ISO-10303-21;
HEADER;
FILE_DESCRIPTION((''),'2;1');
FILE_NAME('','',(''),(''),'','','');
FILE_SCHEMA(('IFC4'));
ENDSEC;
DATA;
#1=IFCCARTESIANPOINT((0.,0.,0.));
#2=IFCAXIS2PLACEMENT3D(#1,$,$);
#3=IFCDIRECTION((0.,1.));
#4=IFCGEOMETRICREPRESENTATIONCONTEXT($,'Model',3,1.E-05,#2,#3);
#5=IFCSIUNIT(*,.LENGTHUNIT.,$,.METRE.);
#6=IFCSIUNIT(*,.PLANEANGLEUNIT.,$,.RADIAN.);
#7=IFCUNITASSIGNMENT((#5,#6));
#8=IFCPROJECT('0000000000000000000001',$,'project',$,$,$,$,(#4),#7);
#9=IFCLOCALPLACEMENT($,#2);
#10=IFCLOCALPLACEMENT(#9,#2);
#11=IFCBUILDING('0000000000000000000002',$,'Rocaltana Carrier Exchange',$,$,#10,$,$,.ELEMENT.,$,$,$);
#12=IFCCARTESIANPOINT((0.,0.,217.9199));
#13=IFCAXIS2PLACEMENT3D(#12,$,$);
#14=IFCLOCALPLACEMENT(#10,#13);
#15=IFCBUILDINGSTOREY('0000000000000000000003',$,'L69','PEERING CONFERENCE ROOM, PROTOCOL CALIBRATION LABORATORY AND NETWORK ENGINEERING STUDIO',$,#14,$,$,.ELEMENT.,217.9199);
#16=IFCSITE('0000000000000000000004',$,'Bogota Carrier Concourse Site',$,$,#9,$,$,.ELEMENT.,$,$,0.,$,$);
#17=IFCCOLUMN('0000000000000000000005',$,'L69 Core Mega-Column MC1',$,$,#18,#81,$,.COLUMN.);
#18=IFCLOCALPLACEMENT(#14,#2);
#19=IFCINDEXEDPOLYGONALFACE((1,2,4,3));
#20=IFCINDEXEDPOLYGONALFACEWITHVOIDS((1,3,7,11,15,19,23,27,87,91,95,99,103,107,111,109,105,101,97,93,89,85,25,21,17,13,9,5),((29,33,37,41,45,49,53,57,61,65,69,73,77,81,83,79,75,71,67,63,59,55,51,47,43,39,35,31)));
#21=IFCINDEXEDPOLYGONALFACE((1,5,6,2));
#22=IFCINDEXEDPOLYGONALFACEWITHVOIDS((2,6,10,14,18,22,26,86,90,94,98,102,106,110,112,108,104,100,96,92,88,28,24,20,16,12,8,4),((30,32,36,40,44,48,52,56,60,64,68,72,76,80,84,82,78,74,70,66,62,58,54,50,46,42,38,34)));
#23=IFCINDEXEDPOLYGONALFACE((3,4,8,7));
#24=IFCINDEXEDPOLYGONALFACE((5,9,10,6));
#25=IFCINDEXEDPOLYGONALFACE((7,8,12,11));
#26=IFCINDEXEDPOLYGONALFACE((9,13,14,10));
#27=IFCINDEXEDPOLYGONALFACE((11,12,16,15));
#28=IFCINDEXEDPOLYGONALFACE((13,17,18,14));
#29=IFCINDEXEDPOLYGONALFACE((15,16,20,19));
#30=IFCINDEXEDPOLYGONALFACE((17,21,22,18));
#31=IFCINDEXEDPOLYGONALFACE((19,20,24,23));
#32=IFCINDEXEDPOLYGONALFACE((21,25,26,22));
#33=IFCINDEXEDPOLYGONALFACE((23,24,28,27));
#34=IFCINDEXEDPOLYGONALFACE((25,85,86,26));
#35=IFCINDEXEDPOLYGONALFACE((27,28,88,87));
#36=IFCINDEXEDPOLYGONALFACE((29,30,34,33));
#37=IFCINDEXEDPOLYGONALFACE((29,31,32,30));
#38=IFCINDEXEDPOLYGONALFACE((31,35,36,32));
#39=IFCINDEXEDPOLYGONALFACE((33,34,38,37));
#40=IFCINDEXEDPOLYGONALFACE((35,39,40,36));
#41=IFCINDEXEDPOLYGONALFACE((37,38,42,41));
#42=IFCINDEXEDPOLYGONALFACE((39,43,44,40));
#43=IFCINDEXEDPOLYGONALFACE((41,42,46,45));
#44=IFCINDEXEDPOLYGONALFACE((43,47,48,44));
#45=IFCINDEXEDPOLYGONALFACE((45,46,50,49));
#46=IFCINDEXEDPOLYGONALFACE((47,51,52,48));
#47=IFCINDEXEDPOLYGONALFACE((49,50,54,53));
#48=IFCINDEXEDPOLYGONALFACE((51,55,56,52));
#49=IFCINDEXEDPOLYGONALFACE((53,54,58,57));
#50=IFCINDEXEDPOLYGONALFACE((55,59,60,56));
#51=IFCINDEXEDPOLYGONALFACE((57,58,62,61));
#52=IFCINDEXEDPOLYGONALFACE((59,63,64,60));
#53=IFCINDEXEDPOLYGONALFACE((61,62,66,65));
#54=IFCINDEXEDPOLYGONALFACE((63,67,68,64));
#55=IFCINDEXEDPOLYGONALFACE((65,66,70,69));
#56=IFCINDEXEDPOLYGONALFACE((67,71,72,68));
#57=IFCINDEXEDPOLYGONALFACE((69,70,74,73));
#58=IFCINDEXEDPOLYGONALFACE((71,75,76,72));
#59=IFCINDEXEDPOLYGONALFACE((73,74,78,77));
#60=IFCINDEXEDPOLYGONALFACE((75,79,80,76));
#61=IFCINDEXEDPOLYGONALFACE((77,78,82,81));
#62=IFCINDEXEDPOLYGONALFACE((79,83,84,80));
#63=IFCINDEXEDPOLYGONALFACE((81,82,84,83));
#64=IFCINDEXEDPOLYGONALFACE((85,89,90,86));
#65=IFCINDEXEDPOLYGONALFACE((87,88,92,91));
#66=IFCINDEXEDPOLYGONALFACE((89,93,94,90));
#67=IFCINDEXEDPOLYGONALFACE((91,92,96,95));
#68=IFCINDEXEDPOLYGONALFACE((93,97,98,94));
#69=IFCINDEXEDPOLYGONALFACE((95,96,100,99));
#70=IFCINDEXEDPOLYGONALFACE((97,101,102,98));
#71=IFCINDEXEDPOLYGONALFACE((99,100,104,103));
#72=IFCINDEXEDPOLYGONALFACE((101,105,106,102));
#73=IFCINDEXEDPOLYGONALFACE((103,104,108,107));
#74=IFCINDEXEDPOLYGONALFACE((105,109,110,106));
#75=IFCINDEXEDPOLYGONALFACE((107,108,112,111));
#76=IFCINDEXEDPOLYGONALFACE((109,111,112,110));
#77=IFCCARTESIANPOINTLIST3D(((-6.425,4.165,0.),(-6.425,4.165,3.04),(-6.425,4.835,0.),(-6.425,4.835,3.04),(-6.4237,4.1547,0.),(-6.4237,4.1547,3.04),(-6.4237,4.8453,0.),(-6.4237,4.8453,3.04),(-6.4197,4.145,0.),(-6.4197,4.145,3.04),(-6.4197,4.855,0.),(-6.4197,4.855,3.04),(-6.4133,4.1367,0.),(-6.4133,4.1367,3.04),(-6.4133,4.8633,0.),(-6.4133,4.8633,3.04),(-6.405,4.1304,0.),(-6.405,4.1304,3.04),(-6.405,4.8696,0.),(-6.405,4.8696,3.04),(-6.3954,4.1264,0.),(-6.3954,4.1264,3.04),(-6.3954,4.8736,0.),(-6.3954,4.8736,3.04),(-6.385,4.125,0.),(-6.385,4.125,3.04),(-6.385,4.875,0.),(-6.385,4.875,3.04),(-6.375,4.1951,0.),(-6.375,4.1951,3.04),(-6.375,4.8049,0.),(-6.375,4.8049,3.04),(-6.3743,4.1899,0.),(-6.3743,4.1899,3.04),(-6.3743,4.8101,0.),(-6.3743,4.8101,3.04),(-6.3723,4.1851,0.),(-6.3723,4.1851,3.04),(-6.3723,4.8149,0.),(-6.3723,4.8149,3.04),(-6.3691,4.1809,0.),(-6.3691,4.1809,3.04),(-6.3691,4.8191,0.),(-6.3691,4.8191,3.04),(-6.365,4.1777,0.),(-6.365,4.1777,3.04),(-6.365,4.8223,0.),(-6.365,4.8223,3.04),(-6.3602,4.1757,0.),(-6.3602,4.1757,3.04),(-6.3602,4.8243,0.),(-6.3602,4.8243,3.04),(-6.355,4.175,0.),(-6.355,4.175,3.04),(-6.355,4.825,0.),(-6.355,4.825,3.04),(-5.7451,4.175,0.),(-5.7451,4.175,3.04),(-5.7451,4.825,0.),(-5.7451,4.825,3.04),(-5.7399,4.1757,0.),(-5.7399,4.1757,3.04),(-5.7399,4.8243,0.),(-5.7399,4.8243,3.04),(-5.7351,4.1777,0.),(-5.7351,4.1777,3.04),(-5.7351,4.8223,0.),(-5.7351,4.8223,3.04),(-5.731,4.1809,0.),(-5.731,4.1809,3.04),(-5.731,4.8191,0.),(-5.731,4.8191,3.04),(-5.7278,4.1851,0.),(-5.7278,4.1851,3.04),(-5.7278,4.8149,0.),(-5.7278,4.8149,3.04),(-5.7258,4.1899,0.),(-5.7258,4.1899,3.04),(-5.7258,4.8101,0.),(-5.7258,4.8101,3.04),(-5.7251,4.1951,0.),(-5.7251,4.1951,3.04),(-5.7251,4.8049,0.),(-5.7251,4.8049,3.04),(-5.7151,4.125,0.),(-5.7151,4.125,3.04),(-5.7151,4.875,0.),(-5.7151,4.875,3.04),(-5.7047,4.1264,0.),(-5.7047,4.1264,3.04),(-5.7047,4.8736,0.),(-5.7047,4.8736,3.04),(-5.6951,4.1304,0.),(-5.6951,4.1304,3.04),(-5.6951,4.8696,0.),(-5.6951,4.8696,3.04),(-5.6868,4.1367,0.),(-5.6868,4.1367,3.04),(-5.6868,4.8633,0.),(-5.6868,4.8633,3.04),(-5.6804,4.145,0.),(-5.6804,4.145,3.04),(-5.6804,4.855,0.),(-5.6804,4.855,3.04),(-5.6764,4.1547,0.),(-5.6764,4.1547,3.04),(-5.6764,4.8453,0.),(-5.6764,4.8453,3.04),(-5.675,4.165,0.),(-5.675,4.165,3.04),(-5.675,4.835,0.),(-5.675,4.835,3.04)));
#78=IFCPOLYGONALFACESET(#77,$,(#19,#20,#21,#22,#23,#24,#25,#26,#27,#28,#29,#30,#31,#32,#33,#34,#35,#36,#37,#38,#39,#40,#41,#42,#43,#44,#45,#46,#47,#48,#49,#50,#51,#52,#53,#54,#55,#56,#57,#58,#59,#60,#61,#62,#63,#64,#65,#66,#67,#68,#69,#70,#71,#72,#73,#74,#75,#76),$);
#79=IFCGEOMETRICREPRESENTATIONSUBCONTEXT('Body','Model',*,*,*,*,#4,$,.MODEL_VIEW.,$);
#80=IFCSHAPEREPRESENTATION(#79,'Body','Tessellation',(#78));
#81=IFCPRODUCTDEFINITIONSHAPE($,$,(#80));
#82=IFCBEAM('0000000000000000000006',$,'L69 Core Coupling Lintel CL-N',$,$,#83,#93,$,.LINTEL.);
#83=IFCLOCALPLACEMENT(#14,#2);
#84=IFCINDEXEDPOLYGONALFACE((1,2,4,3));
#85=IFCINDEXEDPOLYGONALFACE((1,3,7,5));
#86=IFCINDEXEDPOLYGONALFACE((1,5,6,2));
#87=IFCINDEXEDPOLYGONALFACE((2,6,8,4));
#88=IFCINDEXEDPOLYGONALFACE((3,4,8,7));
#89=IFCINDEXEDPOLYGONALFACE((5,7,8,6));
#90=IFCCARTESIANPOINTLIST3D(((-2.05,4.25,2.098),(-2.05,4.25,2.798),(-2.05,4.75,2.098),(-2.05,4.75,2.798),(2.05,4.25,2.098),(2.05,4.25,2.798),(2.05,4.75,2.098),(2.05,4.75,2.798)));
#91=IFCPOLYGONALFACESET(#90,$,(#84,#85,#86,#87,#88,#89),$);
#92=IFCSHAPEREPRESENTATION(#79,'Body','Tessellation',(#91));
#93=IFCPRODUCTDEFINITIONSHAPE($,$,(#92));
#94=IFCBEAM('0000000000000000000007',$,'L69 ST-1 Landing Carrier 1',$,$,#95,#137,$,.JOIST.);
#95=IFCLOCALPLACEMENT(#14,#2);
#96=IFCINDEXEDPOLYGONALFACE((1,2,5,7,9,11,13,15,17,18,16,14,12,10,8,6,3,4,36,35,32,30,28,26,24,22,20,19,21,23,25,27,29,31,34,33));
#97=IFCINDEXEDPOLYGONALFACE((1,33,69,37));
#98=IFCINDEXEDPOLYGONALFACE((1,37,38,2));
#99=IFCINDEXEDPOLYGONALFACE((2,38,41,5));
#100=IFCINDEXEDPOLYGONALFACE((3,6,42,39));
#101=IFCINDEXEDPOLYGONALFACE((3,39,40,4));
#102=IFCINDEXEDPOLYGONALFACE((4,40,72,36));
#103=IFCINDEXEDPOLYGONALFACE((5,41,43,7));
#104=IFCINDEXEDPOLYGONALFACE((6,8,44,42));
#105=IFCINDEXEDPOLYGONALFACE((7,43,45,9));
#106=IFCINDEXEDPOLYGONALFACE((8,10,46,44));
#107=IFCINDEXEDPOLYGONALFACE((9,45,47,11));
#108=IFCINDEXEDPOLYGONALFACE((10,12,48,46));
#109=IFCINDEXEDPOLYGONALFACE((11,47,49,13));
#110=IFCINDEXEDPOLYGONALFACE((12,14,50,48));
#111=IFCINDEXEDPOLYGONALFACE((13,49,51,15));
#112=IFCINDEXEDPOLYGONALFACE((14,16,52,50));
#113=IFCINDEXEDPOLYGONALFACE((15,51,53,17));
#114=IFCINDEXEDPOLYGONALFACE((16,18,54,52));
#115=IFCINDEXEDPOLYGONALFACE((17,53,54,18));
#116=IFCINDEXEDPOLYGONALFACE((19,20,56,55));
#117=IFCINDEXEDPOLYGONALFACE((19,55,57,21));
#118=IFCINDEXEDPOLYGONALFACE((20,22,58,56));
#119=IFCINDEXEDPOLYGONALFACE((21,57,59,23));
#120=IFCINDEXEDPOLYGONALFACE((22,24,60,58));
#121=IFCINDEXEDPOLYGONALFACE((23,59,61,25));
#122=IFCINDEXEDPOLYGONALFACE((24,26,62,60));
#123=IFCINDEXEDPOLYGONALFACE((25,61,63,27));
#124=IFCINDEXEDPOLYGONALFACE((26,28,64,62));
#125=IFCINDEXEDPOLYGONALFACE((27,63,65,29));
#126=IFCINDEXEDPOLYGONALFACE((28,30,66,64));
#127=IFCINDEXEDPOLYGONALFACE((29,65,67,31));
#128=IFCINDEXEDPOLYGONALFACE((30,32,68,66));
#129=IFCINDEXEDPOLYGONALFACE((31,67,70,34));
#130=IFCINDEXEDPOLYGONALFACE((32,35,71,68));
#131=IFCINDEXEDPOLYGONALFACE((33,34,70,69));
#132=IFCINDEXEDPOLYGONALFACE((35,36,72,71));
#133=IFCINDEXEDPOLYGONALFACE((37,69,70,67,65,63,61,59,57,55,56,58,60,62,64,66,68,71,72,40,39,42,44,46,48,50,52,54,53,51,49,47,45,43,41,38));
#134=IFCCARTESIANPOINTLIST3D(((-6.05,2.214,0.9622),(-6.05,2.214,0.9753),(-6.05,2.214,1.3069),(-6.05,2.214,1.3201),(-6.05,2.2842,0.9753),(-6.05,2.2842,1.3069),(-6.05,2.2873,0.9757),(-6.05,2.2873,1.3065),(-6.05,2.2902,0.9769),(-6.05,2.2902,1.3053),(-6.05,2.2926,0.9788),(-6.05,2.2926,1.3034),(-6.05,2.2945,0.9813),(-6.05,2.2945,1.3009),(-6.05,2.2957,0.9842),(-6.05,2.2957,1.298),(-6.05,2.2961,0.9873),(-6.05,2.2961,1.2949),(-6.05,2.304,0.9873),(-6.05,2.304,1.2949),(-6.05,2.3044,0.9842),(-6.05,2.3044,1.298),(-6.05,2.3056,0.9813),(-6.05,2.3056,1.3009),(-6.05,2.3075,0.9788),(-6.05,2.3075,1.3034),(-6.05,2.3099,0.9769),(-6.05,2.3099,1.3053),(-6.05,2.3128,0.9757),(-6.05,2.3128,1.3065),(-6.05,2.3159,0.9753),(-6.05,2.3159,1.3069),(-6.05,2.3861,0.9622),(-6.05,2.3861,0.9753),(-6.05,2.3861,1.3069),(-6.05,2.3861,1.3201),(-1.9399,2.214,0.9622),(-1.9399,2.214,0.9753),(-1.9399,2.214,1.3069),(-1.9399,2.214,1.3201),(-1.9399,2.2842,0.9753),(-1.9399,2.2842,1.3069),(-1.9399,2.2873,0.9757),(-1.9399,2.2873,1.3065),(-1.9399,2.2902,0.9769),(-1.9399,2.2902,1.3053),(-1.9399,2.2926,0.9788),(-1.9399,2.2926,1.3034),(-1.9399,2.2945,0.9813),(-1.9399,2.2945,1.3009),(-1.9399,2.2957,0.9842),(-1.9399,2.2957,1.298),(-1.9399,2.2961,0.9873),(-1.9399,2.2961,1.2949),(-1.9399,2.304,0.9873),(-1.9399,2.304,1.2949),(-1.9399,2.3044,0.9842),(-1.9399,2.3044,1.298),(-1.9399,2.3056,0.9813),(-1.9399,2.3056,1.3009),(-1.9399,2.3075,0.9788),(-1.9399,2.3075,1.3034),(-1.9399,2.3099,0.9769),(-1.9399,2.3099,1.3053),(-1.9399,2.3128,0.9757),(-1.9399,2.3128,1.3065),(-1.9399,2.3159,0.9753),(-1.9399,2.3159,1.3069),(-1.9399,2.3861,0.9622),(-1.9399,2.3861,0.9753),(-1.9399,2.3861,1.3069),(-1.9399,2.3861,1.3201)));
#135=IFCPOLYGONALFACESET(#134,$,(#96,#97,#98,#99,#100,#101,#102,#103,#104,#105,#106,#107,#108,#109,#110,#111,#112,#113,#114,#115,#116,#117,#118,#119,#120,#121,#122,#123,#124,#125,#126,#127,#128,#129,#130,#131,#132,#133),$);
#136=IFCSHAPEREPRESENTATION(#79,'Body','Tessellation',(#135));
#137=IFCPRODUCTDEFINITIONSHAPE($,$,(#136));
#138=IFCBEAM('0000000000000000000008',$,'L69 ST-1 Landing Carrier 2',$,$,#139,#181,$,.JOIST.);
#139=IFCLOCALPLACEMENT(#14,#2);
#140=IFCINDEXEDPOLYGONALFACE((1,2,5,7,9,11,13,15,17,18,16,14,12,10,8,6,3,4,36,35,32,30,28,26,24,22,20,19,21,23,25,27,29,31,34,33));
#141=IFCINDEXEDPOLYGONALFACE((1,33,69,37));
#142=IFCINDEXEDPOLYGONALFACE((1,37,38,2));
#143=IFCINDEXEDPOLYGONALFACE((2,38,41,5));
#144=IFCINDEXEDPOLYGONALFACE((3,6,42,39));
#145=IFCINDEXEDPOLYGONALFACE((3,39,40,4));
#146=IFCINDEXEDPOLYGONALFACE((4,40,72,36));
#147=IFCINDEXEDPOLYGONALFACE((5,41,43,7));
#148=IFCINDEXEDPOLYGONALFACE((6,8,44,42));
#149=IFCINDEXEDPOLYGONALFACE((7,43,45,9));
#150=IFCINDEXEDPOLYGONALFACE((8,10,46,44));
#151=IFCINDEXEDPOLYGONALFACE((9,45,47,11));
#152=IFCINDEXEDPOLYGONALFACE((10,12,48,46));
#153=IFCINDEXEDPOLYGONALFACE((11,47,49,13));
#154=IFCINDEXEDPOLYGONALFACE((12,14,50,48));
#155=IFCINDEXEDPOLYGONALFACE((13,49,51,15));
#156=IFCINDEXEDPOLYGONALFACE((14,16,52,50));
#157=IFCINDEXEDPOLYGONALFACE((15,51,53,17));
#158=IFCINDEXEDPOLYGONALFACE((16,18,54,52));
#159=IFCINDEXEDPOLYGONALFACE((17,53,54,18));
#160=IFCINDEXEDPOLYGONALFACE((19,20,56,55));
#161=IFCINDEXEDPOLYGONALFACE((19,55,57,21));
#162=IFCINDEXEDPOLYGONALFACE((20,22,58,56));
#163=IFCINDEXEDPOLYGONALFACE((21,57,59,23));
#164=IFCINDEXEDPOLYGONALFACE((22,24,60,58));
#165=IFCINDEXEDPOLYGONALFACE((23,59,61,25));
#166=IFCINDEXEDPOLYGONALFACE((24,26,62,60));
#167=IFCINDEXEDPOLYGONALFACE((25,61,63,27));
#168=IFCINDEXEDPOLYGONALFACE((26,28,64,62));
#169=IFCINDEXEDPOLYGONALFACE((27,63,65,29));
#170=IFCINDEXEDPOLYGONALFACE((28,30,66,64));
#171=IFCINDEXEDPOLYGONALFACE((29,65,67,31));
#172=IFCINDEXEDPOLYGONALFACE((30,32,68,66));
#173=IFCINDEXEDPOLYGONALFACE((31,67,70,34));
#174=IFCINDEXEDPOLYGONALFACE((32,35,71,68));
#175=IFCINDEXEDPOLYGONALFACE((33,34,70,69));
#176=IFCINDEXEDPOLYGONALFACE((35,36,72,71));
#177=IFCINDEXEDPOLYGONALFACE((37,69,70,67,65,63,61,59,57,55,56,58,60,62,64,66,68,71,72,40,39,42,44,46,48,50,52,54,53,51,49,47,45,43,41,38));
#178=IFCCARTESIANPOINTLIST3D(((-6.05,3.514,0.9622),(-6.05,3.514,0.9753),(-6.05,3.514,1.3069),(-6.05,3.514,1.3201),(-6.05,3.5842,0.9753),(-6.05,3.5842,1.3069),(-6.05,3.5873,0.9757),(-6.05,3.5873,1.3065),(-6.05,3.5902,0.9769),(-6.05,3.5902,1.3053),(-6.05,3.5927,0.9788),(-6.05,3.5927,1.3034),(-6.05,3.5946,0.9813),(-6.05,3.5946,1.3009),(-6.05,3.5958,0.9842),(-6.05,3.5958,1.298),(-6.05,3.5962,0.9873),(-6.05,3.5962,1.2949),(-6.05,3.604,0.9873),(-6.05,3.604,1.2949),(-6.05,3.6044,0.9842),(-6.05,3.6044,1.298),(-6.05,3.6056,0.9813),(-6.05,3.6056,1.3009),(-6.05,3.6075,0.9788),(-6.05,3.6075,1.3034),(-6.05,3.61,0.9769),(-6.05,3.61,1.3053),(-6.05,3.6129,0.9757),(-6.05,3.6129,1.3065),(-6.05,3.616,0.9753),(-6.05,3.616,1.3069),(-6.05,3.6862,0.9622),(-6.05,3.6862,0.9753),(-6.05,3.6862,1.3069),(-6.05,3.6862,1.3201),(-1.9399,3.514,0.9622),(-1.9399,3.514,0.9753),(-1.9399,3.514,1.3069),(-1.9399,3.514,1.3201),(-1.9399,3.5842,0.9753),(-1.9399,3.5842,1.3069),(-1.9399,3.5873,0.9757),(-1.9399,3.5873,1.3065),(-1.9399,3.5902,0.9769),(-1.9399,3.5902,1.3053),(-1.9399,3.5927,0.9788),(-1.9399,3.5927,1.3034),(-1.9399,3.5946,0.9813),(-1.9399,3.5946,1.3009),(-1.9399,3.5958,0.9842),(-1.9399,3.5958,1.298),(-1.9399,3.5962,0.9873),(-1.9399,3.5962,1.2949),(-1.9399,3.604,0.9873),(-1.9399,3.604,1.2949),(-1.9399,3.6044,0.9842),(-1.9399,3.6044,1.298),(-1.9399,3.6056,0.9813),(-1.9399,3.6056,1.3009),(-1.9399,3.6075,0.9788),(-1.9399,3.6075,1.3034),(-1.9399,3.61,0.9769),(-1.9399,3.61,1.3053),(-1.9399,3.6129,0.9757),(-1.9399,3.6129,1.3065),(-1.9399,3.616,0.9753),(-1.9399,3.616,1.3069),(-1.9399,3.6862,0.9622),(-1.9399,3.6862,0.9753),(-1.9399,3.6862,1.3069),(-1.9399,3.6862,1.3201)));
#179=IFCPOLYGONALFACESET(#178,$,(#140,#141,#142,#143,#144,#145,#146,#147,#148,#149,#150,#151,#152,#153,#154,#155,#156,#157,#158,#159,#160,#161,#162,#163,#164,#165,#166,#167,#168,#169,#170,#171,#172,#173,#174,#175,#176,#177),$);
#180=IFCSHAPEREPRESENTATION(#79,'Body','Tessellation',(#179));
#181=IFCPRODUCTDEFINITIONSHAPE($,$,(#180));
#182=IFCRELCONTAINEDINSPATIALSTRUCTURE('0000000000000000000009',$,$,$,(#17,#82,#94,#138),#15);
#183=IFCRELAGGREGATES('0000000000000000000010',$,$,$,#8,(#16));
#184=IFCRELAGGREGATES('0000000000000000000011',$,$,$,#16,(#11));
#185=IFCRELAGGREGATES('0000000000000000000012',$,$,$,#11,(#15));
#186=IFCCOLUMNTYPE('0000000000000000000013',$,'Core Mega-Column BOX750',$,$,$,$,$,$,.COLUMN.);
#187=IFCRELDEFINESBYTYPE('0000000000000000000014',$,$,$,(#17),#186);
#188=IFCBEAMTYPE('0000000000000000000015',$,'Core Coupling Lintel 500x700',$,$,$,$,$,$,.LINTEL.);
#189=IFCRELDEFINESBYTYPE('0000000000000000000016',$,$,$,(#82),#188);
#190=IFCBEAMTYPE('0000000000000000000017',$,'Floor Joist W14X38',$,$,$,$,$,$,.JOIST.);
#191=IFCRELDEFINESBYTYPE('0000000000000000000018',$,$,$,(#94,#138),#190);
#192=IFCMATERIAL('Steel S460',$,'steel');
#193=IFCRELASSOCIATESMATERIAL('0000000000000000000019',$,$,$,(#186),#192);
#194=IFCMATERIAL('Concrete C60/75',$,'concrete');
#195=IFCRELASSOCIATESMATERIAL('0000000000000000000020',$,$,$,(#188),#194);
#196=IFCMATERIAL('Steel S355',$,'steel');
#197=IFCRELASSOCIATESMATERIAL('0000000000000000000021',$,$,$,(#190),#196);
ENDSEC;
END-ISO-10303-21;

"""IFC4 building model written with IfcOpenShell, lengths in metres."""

from ifc_helpers import new_model, si_unit, direction, frame, origin, origin_2d, place, context, subcontext, project, spatial, rectangle, hollow_rectangle, i_section, extrude, material, material_profile, profile_set, type_object, element, save


model = new_model("IFC4")

# Units and contexts
model_context = context("Model", 3, precision=1e-05, world=origin(), true_north=direction((0.0, 1.0)))
body_context = subcontext(model_context, "Body", "Model", "MODEL_VIEW")
ifc_project = project(units=[si_unit("LENGTHUNIT", "METRE"), si_unit("PLANEANGLEUNIT", "RADIAN")], contexts=[model_context])

# Site, building, storey
site_placement = place(None, origin())
site = spatial("IfcSite", under=ifc_project, at=site_placement, Name="Bogota Carrier Concourse Site", CompositionType="ELEMENT", RefElevation=0.0)
building_placement = place(site_placement, origin())
building = spatial("IfcBuilding", under=site, at=building_placement, Name="Rocaltana Carrier Exchange", CompositionType="ELEMENT")
storey_placement = place(building_placement, frame((0.0, 0.0, 217.9199)))
storey = spatial("IfcBuildingStorey", under=building, at=storey_placement, Name="L69", Description="PEERING CONFERENCE ROOM, PROTOCOL CALIBRATION LABORATORY AND NETWORK ENGINEERING STUDIO", CompositionType="ELEMENT", Elevation=217.9199)

# Column
ifc_material_1 = material(Name="Steel S460", Category="steel")
ifc_material_profile_1 = material_profile(ifc_material_1, hollow_rectangle(XDim=0.75, YDim=0.75, WallThickness=0.05, InnerFilletRadius=0.02, OuterFilletRadius=0.04, at=origin_2d()), Name="BOX750X750X50")
ifc_profile_set_1 = profile_set([ifc_material_profile_1], Name="Steel S460")
column_type = type_object("IfcColumnType", Name="Core Mega-Column BOX750", PredefinedType="COLUMN", material=ifc_profile_set_1)
column_placement = place(storey_placement, frame((-6.05, 4.5, 0.0), z_axis=(0.0, 0.0, 1.0), x_axis=(1.0, 0.0, 0.0)))
element("IfcColumn", 1, at=column_placement, inside=storey, type_object=column_type, Name="L69 Core Mega-Column MC1", PredefinedType="COLUMN", context=body_context, shape_type="SweptSolid", body=[
    extrude(hollow_rectangle(XDim=0.75, YDim=0.75, WallThickness=0.05, InnerFilletRadius=0.02, OuterFilletRadius=0.04, at=origin_2d()), origin(), (0.0, 0.0, 1.0), 3.04),
])

# Beams
ifc_material_2 = material(Name="Concrete C60/75", Category="concrete")
ifc_material_profile_2 = material_profile(ifc_material_2, rectangle(XDim=0.5, YDim=0.7, at=origin_2d()), Name="RC-BM-500X700")
ifc_profile_set_2 = profile_set([ifc_material_profile_2], Name="Concrete C60/75")
beam_type_1 = type_object("IfcBeamType", Name="Core Coupling Lintel 500x700", PredefinedType="LINTEL", material=ifc_profile_set_2)
beam_1_placement = place(storey_placement, frame((-2.05, 4.5, 2.448), z_axis=(1.0, 0.0, 0.0), x_axis=(0.0, 1.0, 0.0)))
element("IfcBeam", 2, at=beam_1_placement, inside=storey, type_object=beam_type_1, Name="L69 Core Coupling Lintel CL-N", PredefinedType="LINTEL", context=body_context, shape_type="SweptSolid", body=[
    extrude(rectangle(XDim=0.5, YDim=0.7, at=origin_2d()), origin(), (0.0, 0.0, 1.0), 4.1001),
])
ifc_material_3 = material(Name="Steel S355", Category="steel")
ifc_material_profile_3 = material_profile(ifc_material_3, i_section(OverallWidth=0.1721, OverallDepth=0.3579, WebThickness=0.0078, FlangeThickness=0.0132, FilletRadius=0.012, at=origin_2d()), Name="W14X38")
ifc_profile_set_3 = profile_set([ifc_material_profile_3], Name="Steel S355")
beam_type_2 = type_object("IfcBeamType", Name="Floor Joist W14X38", PredefinedType="JOIST", material=ifc_profile_set_3)
for number, where, z_axis, x_axis, name in (
    (3, (-6.05, 2.3, 1.1411), (1.0, 0.0, 0.0), (0.0, 1.0, 0.0), "L69 ST-1 Landing Carrier 1"),
    (4, (-6.05, 3.6001, 1.1411), (1.0, 0.0, 0.0), (0.0, 1.0, 0.0), "L69 ST-1 Landing Carrier 2"),
):
    element("IfcBeam", number, at=place(storey_placement, frame(where, z_axis=z_axis, x_axis=x_axis)), inside=storey, type_object=beam_type_2, Name=name, PredefinedType="JOIST", context=body_context, shape_type="SweptSolid", body=[
        extrude(i_section(OverallWidth=0.1721, OverallDepth=0.3579, WebThickness=0.0078, FlangeThickness=0.0132, FilletRadius=0.012, at=origin_2d()), origin(), (0.0, 0.0, 1.0), 4.1101),
    ])

save(model, "model.ifc")
